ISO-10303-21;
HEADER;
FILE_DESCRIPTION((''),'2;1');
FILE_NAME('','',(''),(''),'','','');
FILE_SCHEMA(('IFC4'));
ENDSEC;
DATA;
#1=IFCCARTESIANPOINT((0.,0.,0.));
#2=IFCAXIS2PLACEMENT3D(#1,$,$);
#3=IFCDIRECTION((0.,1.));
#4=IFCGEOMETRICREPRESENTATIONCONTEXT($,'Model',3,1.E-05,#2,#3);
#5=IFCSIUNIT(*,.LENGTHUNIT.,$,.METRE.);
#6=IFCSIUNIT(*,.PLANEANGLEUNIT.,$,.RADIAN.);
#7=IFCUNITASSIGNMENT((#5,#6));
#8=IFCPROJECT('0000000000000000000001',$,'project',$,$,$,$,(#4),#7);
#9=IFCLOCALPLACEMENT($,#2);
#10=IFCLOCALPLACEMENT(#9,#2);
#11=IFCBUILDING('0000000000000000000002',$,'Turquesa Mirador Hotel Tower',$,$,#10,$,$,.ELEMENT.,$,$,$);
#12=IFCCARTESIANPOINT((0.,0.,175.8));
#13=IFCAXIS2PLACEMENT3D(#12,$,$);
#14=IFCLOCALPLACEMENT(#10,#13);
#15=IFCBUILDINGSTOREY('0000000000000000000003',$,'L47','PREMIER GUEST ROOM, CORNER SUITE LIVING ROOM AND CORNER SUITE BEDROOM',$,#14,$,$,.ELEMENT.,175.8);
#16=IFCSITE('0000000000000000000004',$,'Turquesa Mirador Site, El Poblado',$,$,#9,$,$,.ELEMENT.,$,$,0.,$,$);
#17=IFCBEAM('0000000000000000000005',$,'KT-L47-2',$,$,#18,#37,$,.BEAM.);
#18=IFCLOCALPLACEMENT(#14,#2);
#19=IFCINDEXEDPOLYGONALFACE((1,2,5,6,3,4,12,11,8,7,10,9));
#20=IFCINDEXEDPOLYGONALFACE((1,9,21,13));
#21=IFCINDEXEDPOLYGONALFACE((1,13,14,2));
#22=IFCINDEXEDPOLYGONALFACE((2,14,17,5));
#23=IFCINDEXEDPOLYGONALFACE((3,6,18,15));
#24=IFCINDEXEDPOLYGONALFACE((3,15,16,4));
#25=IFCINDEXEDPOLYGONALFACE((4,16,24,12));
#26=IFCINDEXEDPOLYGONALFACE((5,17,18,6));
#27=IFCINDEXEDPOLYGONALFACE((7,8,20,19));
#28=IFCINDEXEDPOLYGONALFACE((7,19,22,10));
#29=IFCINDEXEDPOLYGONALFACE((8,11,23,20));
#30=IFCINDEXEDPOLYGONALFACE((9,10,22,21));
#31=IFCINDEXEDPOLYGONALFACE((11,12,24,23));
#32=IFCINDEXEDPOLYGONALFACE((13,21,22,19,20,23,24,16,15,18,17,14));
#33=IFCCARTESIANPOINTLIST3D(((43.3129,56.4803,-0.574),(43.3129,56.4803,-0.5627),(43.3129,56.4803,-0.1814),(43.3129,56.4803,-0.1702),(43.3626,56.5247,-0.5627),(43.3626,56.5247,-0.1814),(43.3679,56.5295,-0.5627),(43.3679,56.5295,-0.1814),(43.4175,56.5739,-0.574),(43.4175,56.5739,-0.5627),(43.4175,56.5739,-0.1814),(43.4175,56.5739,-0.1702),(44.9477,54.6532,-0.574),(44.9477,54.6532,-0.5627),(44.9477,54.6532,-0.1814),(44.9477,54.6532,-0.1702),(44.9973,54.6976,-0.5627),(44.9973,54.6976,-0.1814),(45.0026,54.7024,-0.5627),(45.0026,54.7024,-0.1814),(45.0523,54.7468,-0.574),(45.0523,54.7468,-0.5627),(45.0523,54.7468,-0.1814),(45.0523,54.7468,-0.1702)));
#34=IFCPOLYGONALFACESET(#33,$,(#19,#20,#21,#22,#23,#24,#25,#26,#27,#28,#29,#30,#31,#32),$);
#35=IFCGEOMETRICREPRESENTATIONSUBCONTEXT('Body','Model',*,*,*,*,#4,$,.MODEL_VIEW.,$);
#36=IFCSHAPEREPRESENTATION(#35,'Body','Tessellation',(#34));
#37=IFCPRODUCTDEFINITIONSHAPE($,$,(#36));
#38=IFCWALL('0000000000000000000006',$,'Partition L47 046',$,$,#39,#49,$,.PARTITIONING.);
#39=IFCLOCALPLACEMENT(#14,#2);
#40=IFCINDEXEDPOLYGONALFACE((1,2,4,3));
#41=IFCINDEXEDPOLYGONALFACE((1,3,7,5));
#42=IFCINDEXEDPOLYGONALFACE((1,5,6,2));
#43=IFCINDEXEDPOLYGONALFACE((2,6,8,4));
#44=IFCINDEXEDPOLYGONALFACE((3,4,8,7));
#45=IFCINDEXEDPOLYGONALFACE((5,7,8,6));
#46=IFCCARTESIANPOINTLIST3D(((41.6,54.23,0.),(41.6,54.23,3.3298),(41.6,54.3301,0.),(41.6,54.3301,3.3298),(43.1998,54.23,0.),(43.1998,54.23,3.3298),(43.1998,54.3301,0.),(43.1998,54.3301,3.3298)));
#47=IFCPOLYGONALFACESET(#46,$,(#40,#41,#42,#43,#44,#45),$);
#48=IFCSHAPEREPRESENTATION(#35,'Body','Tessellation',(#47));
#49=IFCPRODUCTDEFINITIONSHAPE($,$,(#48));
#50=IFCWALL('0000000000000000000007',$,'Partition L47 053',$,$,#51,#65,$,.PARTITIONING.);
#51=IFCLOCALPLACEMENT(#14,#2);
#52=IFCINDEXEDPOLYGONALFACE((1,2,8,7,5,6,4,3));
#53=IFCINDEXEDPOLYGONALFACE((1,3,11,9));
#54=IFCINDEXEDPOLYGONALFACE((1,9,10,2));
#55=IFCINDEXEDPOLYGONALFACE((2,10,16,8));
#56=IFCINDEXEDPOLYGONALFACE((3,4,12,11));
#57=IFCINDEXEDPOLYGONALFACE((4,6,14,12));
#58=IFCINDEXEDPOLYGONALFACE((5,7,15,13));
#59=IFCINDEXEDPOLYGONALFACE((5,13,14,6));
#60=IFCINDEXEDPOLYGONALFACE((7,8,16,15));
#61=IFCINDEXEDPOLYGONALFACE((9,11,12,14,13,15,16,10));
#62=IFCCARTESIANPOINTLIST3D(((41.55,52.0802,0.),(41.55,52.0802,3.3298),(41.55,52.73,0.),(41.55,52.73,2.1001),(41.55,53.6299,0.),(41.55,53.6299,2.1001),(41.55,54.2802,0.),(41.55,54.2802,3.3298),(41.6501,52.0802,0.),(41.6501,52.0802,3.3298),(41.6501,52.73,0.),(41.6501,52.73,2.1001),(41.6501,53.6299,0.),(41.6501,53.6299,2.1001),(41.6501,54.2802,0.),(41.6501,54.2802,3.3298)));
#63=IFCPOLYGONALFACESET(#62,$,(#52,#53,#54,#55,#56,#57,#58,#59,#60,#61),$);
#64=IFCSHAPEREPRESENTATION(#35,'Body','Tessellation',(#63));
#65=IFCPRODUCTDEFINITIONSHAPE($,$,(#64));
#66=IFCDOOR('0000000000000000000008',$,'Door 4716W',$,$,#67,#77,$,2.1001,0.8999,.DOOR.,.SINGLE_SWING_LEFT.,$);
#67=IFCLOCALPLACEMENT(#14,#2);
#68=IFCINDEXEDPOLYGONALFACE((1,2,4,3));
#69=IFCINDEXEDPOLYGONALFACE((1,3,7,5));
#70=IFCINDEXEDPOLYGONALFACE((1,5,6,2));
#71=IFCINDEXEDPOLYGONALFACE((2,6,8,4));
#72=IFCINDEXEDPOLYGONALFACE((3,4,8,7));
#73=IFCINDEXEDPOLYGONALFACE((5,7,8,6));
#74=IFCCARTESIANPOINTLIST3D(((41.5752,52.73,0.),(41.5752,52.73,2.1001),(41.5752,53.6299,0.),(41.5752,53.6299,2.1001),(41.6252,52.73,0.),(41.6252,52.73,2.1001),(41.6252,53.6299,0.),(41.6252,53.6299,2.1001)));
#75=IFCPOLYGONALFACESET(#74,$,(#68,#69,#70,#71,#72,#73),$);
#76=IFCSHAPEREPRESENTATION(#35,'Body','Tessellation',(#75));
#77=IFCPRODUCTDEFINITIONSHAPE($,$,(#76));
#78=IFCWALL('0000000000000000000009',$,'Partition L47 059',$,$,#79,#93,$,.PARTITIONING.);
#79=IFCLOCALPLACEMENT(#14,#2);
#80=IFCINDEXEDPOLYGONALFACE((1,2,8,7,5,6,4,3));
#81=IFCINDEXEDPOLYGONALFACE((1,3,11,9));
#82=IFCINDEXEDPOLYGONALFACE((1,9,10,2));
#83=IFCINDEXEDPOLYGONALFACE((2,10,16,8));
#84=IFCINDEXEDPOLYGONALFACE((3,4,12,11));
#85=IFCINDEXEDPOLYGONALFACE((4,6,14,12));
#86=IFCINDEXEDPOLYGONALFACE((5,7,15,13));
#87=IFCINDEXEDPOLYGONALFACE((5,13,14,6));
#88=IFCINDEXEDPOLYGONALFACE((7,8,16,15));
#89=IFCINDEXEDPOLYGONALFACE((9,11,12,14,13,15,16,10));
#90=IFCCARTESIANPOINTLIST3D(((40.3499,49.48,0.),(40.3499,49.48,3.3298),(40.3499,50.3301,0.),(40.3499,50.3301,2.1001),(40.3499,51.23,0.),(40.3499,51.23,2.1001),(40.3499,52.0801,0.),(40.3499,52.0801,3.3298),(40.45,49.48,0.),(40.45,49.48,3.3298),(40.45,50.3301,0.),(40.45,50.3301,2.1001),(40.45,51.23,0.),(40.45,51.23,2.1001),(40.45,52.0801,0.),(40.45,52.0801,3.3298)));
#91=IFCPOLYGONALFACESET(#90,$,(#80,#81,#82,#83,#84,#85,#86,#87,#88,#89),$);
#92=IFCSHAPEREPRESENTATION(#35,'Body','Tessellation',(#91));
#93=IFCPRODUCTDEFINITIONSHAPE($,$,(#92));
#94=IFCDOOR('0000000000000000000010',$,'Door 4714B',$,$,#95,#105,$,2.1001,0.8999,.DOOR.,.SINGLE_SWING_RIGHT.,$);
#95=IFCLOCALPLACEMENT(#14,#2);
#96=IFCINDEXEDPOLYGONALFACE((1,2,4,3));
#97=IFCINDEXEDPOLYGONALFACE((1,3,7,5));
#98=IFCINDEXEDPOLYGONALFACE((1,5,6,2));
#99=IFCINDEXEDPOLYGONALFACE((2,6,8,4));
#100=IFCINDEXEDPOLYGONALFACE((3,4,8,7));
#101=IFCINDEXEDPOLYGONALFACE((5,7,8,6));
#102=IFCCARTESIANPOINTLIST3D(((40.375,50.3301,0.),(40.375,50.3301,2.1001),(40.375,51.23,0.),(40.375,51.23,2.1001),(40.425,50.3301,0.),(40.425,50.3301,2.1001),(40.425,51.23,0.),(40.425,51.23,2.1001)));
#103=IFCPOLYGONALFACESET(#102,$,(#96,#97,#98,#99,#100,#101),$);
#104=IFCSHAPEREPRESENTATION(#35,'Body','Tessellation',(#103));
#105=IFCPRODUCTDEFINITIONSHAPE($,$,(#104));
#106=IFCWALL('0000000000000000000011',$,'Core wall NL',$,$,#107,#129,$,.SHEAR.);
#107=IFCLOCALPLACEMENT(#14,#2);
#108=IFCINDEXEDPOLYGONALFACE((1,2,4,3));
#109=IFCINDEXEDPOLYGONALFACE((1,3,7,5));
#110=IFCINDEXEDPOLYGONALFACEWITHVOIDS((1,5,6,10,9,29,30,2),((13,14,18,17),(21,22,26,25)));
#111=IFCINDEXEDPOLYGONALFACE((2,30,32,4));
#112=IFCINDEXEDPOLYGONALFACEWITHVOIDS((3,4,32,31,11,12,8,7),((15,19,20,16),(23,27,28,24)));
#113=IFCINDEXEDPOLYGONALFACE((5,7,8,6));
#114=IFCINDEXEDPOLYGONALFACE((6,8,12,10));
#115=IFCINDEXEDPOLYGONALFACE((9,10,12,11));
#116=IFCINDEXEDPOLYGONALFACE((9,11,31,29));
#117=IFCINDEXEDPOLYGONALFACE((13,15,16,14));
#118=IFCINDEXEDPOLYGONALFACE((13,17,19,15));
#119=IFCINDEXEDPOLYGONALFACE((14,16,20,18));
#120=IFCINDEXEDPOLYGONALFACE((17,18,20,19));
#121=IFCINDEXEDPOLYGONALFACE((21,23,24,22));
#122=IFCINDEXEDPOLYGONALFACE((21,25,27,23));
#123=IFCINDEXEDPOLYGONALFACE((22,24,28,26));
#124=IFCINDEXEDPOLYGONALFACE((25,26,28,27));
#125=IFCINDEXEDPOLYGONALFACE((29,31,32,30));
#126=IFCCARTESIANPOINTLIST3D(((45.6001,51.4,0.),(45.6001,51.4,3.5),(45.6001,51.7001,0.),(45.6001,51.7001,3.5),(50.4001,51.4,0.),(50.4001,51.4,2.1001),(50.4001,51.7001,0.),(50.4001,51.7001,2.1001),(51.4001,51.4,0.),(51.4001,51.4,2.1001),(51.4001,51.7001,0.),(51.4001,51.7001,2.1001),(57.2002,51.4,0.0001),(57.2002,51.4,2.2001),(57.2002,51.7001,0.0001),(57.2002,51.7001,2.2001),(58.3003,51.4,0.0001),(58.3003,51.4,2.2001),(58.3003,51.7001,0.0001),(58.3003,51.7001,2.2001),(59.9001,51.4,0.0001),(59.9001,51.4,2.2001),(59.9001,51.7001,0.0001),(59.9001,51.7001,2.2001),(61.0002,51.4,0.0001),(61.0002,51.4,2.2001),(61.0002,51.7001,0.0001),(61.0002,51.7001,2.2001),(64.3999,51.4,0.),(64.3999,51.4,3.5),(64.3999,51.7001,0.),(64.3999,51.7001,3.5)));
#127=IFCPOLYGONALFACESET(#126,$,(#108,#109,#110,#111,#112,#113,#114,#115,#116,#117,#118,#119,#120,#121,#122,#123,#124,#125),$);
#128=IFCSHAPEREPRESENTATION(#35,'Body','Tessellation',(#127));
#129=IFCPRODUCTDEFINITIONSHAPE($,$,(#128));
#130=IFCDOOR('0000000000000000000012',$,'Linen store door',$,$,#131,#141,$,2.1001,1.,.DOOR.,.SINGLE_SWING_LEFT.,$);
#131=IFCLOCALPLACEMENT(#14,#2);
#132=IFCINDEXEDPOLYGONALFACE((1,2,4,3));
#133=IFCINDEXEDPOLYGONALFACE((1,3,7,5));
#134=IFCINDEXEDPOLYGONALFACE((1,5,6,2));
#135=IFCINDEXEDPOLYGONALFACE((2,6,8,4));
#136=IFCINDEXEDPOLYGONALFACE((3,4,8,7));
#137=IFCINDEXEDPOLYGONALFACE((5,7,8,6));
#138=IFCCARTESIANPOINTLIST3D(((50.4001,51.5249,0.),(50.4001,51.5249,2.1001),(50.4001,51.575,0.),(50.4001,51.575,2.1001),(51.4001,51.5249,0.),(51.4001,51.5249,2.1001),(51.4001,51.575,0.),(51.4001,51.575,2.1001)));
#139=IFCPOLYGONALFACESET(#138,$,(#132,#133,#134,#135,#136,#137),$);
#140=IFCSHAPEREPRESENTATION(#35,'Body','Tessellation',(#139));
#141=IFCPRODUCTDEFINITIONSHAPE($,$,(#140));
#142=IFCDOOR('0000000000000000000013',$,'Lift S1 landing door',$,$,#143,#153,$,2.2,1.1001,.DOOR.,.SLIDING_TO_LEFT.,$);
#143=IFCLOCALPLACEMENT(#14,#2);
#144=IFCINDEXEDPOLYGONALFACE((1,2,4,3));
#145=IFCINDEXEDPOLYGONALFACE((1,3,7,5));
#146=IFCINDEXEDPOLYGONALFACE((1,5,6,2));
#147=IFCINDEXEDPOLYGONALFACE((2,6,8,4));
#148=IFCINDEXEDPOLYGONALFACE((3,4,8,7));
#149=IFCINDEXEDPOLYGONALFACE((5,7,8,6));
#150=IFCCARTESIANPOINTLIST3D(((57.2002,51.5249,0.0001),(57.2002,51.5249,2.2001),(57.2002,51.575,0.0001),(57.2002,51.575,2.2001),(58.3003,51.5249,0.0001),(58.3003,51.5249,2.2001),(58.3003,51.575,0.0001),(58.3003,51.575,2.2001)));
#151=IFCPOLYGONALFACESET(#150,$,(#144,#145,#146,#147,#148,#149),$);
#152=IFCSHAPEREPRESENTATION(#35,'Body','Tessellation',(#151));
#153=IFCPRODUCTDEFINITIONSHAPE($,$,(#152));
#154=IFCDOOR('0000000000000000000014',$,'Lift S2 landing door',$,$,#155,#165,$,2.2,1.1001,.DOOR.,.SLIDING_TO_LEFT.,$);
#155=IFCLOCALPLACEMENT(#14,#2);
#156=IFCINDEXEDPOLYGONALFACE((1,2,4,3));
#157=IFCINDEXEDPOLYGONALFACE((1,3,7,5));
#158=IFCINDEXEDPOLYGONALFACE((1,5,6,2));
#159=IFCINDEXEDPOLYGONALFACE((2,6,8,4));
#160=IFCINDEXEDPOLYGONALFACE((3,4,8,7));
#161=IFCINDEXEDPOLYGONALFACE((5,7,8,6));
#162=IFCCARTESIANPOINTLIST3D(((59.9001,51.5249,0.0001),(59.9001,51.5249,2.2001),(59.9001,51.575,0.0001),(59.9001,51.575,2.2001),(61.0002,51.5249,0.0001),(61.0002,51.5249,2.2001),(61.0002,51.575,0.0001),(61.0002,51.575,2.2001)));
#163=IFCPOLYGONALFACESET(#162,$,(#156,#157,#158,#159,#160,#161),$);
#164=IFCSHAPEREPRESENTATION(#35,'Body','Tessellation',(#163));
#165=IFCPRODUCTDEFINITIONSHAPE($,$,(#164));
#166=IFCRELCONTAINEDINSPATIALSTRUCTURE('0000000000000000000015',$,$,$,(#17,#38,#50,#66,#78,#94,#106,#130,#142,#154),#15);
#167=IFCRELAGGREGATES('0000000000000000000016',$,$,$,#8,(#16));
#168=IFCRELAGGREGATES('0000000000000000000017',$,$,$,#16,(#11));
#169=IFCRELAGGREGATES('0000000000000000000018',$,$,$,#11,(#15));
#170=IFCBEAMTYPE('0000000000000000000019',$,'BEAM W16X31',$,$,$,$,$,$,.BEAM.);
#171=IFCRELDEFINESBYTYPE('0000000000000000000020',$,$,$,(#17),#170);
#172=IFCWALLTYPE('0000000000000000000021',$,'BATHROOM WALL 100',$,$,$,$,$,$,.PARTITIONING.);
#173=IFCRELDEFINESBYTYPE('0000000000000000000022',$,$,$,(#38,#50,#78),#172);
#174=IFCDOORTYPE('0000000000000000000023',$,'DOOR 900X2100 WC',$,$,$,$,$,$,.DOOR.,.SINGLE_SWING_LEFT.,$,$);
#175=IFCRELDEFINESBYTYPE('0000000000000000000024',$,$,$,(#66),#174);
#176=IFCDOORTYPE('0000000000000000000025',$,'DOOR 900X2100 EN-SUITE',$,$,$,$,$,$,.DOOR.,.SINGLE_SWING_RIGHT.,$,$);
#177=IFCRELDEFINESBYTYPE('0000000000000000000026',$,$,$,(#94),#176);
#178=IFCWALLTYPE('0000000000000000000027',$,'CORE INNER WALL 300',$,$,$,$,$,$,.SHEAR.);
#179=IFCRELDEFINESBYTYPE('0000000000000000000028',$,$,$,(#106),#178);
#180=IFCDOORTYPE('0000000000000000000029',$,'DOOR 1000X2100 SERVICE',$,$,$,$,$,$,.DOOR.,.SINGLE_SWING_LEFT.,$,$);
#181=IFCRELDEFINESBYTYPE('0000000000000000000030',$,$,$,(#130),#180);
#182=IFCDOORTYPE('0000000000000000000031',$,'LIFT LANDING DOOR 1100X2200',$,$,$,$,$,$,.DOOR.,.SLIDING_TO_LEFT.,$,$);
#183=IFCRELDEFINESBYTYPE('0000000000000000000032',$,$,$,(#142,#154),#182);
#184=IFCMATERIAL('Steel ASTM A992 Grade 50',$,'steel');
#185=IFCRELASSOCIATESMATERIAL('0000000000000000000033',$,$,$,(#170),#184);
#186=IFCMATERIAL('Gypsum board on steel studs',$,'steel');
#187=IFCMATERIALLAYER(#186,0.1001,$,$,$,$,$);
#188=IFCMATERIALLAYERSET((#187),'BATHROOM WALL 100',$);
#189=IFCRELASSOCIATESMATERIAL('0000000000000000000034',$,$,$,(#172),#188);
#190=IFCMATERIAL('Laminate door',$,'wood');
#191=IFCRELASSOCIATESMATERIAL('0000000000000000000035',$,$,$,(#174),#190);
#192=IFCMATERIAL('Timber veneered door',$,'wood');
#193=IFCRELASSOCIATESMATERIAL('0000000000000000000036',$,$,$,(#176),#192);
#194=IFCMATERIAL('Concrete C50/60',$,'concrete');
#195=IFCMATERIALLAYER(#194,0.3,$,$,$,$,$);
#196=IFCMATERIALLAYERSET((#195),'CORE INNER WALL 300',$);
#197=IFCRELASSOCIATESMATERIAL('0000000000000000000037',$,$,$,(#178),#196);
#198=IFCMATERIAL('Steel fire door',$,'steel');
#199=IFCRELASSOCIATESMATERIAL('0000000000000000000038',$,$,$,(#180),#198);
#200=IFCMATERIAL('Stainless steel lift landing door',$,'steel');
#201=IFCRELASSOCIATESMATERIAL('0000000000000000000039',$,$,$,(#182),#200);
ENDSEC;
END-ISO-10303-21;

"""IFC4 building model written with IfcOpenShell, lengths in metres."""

from ifc_helpers import new_model, si_unit, direction, frame, frame_2d, origin, origin_2d, place, context, subcontext, project, spatial, rectangle, i_section, extrude, material, layer, layer_set, material_profile, profile_set, type_object, element, fill, save


model = new_model("IFC4")

# Units and contexts
model_context = context("Model", 3, precision=1e-05, world=origin(), true_north=direction((0.0, 1.0)))
body_context = subcontext(model_context, "Body", "Model", "MODEL_VIEW")
ifc_project = project(units=[si_unit("LENGTHUNIT", "METRE"), si_unit("PLANEANGLEUNIT", "RADIAN")], contexts=[model_context])

# Site, building, storey
site_placement = place(None, origin())
site = spatial("IfcSite", under=ifc_project, at=site_placement, Name="Turquesa Mirador Site, El Poblado", CompositionType="ELEMENT", RefElevation=0.0)
building_placement = place(site_placement, origin())
building = spatial("IfcBuilding", under=site, at=building_placement, Name="Turquesa Mirador Hotel Tower", CompositionType="ELEMENT")
storey_placement = place(building_placement, frame((0.0, 0.0, 175.8)))
storey = spatial("IfcBuildingStorey", under=building, at=storey_placement, Name="L47", Description="PREMIER GUEST ROOM, CORNER SUITE LIVING ROOM AND CORNER SUITE BEDROOM", CompositionType="ELEMENT", Elevation=175.8)

# Beam
ifc_material_1 = material(Name="Steel ASTM A992 Grade 50", Category="steel")
ifc_material_profile = material_profile(ifc_material_1, i_section(OverallWidth=0.1404, OverallDepth=0.4038, WebThickness=0.0071, FlangeThickness=0.0112, at=origin_2d()), Name="W16X31")
ifc_profile_set = profile_set([ifc_material_profile], Name="Steel ASTM A992 Grade 50")
beam_type = type_object("IfcBeamType", Name="BEAM W16X31", PredefinedType="BEAM", material=ifc_profile_set)
beam_placement = place(storey_placement, frame((43.3652, 56.5271, -0.3721), z_axis=(0.666783, -0.745252, 0.0), x_axis=(0.745252, 0.666783, 0.0)))
element("IfcBeam", 1, at=beam_placement, inside=storey, type_object=beam_type, Name="KT-L47-2", PredefinedType="BEAM", context=body_context, shape_type="SweptSolid", body=[
    extrude(i_section(OverallWidth=0.1404, OverallDepth=0.4038, WebThickness=0.0071, FlangeThickness=0.0112, at=origin_2d()), origin(), (0.0, 0.0, 1.0), 2.4517),
])

# Wall
ifc_material_2 = material(Name="Gypsum board on steel studs", Category="steel")
ifc_layer_1 = layer(ifc_material_2, 0.1001)
ifc_layer_set_1 = layer_set([ifc_layer_1], Name="BATHROOM WALL 100")
wall_type_1 = type_object("IfcWallType", Name="BATHROOM WALL 100", PredefinedType="PARTITIONING", material=ifc_layer_set_1)
wall_1_placement = place(storey_placement, frame((41.6001, 54.28, 0.0), z_axis=(0.0, 0.0, 1.0), x_axis=(1.0, 0.0, 0.0)))
element("IfcWall", 2, at=wall_1_placement, inside=storey, type_object=wall_type_1, Name="Partition L47 046", PredefinedType="PARTITIONING", context=body_context, shape_type="SweptSolid", body=[
    extrude(rectangle(XDim=1.5999, YDim=0.1001, at=frame_2d((0.7998, 0.0))), origin(), (0.0, 0.0, 1.0), 3.3298),
])

# Walls, openings, doors
wall_2_placement = place(storey_placement, frame((41.6001, 52.0801, 0.0), z_axis=(0.0, 0.0, 1.0), x_axis=(0.0, 1.0, 0.0)))
wall_2 = element("IfcWall", 3, at=wall_2_placement, inside=storey, type_object=wall_type_1, Name="Partition L47 053", PredefinedType="PARTITIONING", context=body_context, shape_type="SweptSolid", body=[
    extrude(rectangle(XDim=2.2, YDim=0.1001, at=frame_2d((1.1001, 0.0))), origin(), (0.0, 0.0, 1.0), 3.3298),
])
opening_1_placement = place(wall_2_placement, frame((0.6499, 0.0, 0.0)))
opening_1 = element("IfcOpeningElement", 4, at=opening_1_placement, cuts=wall_2, PredefinedType="OPENING", context=body_context, shape_type="SweptSolid", body=[
    extrude(rectangle(XDim=0.8999, YDim=2.1001, at=frame_2d((0.45, 1.05))), frame((0.0, 0.0601, 0.0), z_axis=(0.0, -1.0, 0.0), x_axis=(1.0, 0.0, 0.0)), (0.0, 0.0, 1.0), 0.1201),
])
ifc_material_3 = material(Name="Laminate door", Category="wood")
door_type_1 = type_object("IfcDoorType", Name="DOOR 900X2100 WC", OperationType="SINGLE_SWING_LEFT", PredefinedType="DOOR", material=ifc_material_3)
door_1_placement = place(opening_1_placement, origin())
door_1 = element("IfcDoor", 5, at=door_1_placement, inside=storey, type_object=door_type_1, Name="Door 4716W", OperationType="SINGLE_SWING_LEFT", OverallHeight=2.1001, OverallWidth=0.8999, PredefinedType="DOOR", context=body_context, shape_type="SweptSolid", body=[
    extrude(rectangle(XDim=0.8999, YDim=2.1001, at=frame_2d((0.45, 1.05))), frame((0.0, 0.0249, 0.0), z_axis=(0.0, -1.0, 0.0), x_axis=(1.0, 0.0, 0.0)), (0.0, 0.0, 1.0), 0.05),
])
fill(opening_1, door_1)
wall_3_placement = place(storey_placement, frame((40.3999, 49.48, 0.0), z_axis=(0.0, 0.0, 1.0), x_axis=(0.0, 1.0, 0.0)))
wall_3 = element("IfcWall", 6, at=wall_3_placement, inside=storey, type_object=wall_type_1, Name="Partition L47 059", PredefinedType="PARTITIONING", context=body_context, shape_type="SweptSolid", body=[
    extrude(rectangle(XDim=2.6001, YDim=0.1001, at=frame_2d((1.3, 0.0))), origin(), (0.0, 0.0, 1.0), 3.3298),
])
opening_2_placement = place(wall_3_placement, frame((0.8501, 0.0, 0.0)))
opening_2 = element("IfcOpeningElement", 7, at=opening_2_placement, cuts=wall_3, PredefinedType="OPENING", context=body_context, shape_type="SweptSolid", body=[
    extrude(rectangle(XDim=0.8999, YDim=2.1001, at=frame_2d((0.45, 1.05))), frame((0.0, 0.0601, 0.0), z_axis=(0.0, -1.0, 0.0), x_axis=(1.0, 0.0, 0.0)), (0.0, 0.0, 1.0), 0.1201),
])
ifc_material_4 = material(Name="Timber veneered door", Category="wood")
door_type_2 = type_object("IfcDoorType", Name="DOOR 900X2100 EN-SUITE", OperationType="SINGLE_SWING_RIGHT", PredefinedType="DOOR", material=ifc_material_4)
door_2_placement = place(opening_2_placement, origin())
door_2 = element("IfcDoor", 8, at=door_2_placement, inside=storey, type_object=door_type_2, Name="Door 4714B", OperationType="SINGLE_SWING_RIGHT", OverallHeight=2.1001, OverallWidth=0.8999, PredefinedType="DOOR", context=body_context, shape_type="SweptSolid", body=[
    extrude(rectangle(XDim=0.8999, YDim=2.1001, at=frame_2d((0.45, 1.05))), frame((0.0, 0.0249, 0.0), z_axis=(0.0, -1.0, 0.0), x_axis=(1.0, 0.0, 0.0)), (0.0, 0.0, 1.0), 0.05),
])
fill(opening_2, door_2)

# Wall, openings, doors
ifc_material_5 = material(Name="Concrete C50/60", Category="concrete")
ifc_layer_2 = layer(ifc_material_5, 0.3)
ifc_layer_set_2 = layer_set([ifc_layer_2], Name="CORE INNER WALL 300")
wall_type_2 = type_object("IfcWallType", Name="CORE INNER WALL 300", PredefinedType="SHEAR", material=ifc_layer_set_2)
wall_4_placement = place(storey_placement, frame((45.6001, 51.55, 0.0), z_axis=(0.0, 0.0, 1.0), x_axis=(1.0, 0.0, 0.0)))
wall_4 = element("IfcWall", 9, at=wall_4_placement, inside=storey, type_object=wall_type_2, Name="Core wall NL", PredefinedType="SHEAR", context=body_context, shape_type="SweptSolid", body=[
    extrude(rectangle(XDim=18.7998, YDim=0.3, at=frame_2d((9.3999, 0.0))), origin(), (0.0, 0.0, 1.0), 3.5),
])
opening_3_placement = place(wall_4_placement, frame((4.8, 0.0, 0.0)))
opening_3 = element("IfcOpeningElement", 10, at=opening_3_placement, cuts=wall_4, PredefinedType="OPENING", context=body_context, shape_type="SweptSolid", body=[
    extrude(rectangle(XDim=1.0, YDim=2.1001, at=frame_2d((0.5, 1.05))), frame((0.0, 0.1599, 0.0), z_axis=(0.0, -1.0, 0.0), x_axis=(1.0, 0.0, 0.0)), (0.0, 0.0, 1.0), 0.3201),
])
opening_4_placement = place(wall_4_placement, frame((11.6001, 0.0, 0.0)))
opening_4 = element("IfcOpeningElement", 11, at=opening_4_placement, cuts=wall_4, PredefinedType="OPENING", context=body_context, shape_type="SweptSolid", body=[
    extrude(rectangle(XDim=1.1001, YDim=2.2, at=frame_2d((0.55, 1.1001))), frame((0.0, 0.1599, 0.0), z_axis=(0.0, -1.0, 0.0), x_axis=(1.0, 0.0, 0.0)), (0.0, 0.0, 1.0), 0.3201),
])
opening_5_placement = place(wall_4_placement, frame((14.3, 0.0, 0.0)))
opening_5 = element("IfcOpeningElement", 12, at=opening_5_placement, cuts=wall_4, PredefinedType="OPENING", context=body_context, shape_type="SweptSolid", body=[
    extrude(rectangle(XDim=1.1001, YDim=2.2, at=frame_2d((0.55, 1.1001))), frame((0.0, 0.1599, 0.0), z_axis=(0.0, -1.0, 0.0), x_axis=(1.0, 0.0, 0.0)), (0.0, 0.0, 1.0), 0.3201),
])
ifc_material_6 = material(Name="Steel fire door", Category="steel")
door_type_3 = type_object("IfcDoorType", Name="DOOR 1000X2100 SERVICE", OperationType="SINGLE_SWING_LEFT", PredefinedType="DOOR", material=ifc_material_6)
door_3_placement = place(opening_3_placement, origin())
door_3 = element("IfcDoor", 13, at=door_3_placement, inside=storey, type_object=door_type_3, Name="Linen store door", OperationType="SINGLE_SWING_LEFT", OverallHeight=2.1001, OverallWidth=1.0, PredefinedType="DOOR", context=body_context, shape_type="SweptSolid", body=[
    extrude(rectangle(XDim=1.0, YDim=2.1001, at=frame_2d((0.5, 1.05))), frame((0.0, 0.0249, 0.0), z_axis=(0.0, -1.0, 0.0), x_axis=(1.0, 0.0, 0.0)), (0.0, 0.0, 1.0), 0.05),
])
fill(opening_3, door_3)
ifc_material_7 = material(Name="Stainless steel lift landing door", Category="steel")
door_type_4 = type_object("IfcDoorType", Name="LIFT LANDING DOOR 1100X2200", OperationType="SLIDING_TO_LEFT", PredefinedType="DOOR", material=ifc_material_7)
door_4_placement = place(opening_4_placement, origin())
door_4 = element("IfcDoor", 14, at=door_4_placement, inside=storey, type_object=door_type_4, Name="Lift S1 landing door", OperationType="SLIDING_TO_LEFT", OverallHeight=2.2, OverallWidth=1.1001, PredefinedType="DOOR", context=body_context, shape_type="SweptSolid", body=[
    extrude(rectangle(XDim=1.1001, YDim=2.2, at=frame_2d((0.55, 1.1001))), frame((0.0, 0.0249, 0.0), z_axis=(0.0, -1.0, 0.0), x_axis=(1.0, 0.0, 0.0)), (0.0, 0.0, 1.0), 0.05),
])
fill(opening_4, door_4)
door_5_placement = place(opening_5_placement, origin())
door_5 = element("IfcDoor", 15, at=door_5_placement, inside=storey, type_object=door_type_4, Name="Lift S2 landing door", OperationType="SLIDING_TO_LEFT", OverallHeight=2.2, OverallWidth=1.1001, PredefinedType="DOOR", context=body_context, shape_type="SweptSolid", body=[
    extrude(rectangle(XDim=1.1001, YDim=2.2, at=frame_2d((0.55, 1.1001))), frame((0.0, 0.0249, 0.0), z_axis=(0.0, -1.0, 0.0), x_axis=(1.0, 0.0, 0.0)), (0.0, 0.0, 1.0), 0.05),
])
fill(opening_5, door_5)

save(model, "model.ifc")
